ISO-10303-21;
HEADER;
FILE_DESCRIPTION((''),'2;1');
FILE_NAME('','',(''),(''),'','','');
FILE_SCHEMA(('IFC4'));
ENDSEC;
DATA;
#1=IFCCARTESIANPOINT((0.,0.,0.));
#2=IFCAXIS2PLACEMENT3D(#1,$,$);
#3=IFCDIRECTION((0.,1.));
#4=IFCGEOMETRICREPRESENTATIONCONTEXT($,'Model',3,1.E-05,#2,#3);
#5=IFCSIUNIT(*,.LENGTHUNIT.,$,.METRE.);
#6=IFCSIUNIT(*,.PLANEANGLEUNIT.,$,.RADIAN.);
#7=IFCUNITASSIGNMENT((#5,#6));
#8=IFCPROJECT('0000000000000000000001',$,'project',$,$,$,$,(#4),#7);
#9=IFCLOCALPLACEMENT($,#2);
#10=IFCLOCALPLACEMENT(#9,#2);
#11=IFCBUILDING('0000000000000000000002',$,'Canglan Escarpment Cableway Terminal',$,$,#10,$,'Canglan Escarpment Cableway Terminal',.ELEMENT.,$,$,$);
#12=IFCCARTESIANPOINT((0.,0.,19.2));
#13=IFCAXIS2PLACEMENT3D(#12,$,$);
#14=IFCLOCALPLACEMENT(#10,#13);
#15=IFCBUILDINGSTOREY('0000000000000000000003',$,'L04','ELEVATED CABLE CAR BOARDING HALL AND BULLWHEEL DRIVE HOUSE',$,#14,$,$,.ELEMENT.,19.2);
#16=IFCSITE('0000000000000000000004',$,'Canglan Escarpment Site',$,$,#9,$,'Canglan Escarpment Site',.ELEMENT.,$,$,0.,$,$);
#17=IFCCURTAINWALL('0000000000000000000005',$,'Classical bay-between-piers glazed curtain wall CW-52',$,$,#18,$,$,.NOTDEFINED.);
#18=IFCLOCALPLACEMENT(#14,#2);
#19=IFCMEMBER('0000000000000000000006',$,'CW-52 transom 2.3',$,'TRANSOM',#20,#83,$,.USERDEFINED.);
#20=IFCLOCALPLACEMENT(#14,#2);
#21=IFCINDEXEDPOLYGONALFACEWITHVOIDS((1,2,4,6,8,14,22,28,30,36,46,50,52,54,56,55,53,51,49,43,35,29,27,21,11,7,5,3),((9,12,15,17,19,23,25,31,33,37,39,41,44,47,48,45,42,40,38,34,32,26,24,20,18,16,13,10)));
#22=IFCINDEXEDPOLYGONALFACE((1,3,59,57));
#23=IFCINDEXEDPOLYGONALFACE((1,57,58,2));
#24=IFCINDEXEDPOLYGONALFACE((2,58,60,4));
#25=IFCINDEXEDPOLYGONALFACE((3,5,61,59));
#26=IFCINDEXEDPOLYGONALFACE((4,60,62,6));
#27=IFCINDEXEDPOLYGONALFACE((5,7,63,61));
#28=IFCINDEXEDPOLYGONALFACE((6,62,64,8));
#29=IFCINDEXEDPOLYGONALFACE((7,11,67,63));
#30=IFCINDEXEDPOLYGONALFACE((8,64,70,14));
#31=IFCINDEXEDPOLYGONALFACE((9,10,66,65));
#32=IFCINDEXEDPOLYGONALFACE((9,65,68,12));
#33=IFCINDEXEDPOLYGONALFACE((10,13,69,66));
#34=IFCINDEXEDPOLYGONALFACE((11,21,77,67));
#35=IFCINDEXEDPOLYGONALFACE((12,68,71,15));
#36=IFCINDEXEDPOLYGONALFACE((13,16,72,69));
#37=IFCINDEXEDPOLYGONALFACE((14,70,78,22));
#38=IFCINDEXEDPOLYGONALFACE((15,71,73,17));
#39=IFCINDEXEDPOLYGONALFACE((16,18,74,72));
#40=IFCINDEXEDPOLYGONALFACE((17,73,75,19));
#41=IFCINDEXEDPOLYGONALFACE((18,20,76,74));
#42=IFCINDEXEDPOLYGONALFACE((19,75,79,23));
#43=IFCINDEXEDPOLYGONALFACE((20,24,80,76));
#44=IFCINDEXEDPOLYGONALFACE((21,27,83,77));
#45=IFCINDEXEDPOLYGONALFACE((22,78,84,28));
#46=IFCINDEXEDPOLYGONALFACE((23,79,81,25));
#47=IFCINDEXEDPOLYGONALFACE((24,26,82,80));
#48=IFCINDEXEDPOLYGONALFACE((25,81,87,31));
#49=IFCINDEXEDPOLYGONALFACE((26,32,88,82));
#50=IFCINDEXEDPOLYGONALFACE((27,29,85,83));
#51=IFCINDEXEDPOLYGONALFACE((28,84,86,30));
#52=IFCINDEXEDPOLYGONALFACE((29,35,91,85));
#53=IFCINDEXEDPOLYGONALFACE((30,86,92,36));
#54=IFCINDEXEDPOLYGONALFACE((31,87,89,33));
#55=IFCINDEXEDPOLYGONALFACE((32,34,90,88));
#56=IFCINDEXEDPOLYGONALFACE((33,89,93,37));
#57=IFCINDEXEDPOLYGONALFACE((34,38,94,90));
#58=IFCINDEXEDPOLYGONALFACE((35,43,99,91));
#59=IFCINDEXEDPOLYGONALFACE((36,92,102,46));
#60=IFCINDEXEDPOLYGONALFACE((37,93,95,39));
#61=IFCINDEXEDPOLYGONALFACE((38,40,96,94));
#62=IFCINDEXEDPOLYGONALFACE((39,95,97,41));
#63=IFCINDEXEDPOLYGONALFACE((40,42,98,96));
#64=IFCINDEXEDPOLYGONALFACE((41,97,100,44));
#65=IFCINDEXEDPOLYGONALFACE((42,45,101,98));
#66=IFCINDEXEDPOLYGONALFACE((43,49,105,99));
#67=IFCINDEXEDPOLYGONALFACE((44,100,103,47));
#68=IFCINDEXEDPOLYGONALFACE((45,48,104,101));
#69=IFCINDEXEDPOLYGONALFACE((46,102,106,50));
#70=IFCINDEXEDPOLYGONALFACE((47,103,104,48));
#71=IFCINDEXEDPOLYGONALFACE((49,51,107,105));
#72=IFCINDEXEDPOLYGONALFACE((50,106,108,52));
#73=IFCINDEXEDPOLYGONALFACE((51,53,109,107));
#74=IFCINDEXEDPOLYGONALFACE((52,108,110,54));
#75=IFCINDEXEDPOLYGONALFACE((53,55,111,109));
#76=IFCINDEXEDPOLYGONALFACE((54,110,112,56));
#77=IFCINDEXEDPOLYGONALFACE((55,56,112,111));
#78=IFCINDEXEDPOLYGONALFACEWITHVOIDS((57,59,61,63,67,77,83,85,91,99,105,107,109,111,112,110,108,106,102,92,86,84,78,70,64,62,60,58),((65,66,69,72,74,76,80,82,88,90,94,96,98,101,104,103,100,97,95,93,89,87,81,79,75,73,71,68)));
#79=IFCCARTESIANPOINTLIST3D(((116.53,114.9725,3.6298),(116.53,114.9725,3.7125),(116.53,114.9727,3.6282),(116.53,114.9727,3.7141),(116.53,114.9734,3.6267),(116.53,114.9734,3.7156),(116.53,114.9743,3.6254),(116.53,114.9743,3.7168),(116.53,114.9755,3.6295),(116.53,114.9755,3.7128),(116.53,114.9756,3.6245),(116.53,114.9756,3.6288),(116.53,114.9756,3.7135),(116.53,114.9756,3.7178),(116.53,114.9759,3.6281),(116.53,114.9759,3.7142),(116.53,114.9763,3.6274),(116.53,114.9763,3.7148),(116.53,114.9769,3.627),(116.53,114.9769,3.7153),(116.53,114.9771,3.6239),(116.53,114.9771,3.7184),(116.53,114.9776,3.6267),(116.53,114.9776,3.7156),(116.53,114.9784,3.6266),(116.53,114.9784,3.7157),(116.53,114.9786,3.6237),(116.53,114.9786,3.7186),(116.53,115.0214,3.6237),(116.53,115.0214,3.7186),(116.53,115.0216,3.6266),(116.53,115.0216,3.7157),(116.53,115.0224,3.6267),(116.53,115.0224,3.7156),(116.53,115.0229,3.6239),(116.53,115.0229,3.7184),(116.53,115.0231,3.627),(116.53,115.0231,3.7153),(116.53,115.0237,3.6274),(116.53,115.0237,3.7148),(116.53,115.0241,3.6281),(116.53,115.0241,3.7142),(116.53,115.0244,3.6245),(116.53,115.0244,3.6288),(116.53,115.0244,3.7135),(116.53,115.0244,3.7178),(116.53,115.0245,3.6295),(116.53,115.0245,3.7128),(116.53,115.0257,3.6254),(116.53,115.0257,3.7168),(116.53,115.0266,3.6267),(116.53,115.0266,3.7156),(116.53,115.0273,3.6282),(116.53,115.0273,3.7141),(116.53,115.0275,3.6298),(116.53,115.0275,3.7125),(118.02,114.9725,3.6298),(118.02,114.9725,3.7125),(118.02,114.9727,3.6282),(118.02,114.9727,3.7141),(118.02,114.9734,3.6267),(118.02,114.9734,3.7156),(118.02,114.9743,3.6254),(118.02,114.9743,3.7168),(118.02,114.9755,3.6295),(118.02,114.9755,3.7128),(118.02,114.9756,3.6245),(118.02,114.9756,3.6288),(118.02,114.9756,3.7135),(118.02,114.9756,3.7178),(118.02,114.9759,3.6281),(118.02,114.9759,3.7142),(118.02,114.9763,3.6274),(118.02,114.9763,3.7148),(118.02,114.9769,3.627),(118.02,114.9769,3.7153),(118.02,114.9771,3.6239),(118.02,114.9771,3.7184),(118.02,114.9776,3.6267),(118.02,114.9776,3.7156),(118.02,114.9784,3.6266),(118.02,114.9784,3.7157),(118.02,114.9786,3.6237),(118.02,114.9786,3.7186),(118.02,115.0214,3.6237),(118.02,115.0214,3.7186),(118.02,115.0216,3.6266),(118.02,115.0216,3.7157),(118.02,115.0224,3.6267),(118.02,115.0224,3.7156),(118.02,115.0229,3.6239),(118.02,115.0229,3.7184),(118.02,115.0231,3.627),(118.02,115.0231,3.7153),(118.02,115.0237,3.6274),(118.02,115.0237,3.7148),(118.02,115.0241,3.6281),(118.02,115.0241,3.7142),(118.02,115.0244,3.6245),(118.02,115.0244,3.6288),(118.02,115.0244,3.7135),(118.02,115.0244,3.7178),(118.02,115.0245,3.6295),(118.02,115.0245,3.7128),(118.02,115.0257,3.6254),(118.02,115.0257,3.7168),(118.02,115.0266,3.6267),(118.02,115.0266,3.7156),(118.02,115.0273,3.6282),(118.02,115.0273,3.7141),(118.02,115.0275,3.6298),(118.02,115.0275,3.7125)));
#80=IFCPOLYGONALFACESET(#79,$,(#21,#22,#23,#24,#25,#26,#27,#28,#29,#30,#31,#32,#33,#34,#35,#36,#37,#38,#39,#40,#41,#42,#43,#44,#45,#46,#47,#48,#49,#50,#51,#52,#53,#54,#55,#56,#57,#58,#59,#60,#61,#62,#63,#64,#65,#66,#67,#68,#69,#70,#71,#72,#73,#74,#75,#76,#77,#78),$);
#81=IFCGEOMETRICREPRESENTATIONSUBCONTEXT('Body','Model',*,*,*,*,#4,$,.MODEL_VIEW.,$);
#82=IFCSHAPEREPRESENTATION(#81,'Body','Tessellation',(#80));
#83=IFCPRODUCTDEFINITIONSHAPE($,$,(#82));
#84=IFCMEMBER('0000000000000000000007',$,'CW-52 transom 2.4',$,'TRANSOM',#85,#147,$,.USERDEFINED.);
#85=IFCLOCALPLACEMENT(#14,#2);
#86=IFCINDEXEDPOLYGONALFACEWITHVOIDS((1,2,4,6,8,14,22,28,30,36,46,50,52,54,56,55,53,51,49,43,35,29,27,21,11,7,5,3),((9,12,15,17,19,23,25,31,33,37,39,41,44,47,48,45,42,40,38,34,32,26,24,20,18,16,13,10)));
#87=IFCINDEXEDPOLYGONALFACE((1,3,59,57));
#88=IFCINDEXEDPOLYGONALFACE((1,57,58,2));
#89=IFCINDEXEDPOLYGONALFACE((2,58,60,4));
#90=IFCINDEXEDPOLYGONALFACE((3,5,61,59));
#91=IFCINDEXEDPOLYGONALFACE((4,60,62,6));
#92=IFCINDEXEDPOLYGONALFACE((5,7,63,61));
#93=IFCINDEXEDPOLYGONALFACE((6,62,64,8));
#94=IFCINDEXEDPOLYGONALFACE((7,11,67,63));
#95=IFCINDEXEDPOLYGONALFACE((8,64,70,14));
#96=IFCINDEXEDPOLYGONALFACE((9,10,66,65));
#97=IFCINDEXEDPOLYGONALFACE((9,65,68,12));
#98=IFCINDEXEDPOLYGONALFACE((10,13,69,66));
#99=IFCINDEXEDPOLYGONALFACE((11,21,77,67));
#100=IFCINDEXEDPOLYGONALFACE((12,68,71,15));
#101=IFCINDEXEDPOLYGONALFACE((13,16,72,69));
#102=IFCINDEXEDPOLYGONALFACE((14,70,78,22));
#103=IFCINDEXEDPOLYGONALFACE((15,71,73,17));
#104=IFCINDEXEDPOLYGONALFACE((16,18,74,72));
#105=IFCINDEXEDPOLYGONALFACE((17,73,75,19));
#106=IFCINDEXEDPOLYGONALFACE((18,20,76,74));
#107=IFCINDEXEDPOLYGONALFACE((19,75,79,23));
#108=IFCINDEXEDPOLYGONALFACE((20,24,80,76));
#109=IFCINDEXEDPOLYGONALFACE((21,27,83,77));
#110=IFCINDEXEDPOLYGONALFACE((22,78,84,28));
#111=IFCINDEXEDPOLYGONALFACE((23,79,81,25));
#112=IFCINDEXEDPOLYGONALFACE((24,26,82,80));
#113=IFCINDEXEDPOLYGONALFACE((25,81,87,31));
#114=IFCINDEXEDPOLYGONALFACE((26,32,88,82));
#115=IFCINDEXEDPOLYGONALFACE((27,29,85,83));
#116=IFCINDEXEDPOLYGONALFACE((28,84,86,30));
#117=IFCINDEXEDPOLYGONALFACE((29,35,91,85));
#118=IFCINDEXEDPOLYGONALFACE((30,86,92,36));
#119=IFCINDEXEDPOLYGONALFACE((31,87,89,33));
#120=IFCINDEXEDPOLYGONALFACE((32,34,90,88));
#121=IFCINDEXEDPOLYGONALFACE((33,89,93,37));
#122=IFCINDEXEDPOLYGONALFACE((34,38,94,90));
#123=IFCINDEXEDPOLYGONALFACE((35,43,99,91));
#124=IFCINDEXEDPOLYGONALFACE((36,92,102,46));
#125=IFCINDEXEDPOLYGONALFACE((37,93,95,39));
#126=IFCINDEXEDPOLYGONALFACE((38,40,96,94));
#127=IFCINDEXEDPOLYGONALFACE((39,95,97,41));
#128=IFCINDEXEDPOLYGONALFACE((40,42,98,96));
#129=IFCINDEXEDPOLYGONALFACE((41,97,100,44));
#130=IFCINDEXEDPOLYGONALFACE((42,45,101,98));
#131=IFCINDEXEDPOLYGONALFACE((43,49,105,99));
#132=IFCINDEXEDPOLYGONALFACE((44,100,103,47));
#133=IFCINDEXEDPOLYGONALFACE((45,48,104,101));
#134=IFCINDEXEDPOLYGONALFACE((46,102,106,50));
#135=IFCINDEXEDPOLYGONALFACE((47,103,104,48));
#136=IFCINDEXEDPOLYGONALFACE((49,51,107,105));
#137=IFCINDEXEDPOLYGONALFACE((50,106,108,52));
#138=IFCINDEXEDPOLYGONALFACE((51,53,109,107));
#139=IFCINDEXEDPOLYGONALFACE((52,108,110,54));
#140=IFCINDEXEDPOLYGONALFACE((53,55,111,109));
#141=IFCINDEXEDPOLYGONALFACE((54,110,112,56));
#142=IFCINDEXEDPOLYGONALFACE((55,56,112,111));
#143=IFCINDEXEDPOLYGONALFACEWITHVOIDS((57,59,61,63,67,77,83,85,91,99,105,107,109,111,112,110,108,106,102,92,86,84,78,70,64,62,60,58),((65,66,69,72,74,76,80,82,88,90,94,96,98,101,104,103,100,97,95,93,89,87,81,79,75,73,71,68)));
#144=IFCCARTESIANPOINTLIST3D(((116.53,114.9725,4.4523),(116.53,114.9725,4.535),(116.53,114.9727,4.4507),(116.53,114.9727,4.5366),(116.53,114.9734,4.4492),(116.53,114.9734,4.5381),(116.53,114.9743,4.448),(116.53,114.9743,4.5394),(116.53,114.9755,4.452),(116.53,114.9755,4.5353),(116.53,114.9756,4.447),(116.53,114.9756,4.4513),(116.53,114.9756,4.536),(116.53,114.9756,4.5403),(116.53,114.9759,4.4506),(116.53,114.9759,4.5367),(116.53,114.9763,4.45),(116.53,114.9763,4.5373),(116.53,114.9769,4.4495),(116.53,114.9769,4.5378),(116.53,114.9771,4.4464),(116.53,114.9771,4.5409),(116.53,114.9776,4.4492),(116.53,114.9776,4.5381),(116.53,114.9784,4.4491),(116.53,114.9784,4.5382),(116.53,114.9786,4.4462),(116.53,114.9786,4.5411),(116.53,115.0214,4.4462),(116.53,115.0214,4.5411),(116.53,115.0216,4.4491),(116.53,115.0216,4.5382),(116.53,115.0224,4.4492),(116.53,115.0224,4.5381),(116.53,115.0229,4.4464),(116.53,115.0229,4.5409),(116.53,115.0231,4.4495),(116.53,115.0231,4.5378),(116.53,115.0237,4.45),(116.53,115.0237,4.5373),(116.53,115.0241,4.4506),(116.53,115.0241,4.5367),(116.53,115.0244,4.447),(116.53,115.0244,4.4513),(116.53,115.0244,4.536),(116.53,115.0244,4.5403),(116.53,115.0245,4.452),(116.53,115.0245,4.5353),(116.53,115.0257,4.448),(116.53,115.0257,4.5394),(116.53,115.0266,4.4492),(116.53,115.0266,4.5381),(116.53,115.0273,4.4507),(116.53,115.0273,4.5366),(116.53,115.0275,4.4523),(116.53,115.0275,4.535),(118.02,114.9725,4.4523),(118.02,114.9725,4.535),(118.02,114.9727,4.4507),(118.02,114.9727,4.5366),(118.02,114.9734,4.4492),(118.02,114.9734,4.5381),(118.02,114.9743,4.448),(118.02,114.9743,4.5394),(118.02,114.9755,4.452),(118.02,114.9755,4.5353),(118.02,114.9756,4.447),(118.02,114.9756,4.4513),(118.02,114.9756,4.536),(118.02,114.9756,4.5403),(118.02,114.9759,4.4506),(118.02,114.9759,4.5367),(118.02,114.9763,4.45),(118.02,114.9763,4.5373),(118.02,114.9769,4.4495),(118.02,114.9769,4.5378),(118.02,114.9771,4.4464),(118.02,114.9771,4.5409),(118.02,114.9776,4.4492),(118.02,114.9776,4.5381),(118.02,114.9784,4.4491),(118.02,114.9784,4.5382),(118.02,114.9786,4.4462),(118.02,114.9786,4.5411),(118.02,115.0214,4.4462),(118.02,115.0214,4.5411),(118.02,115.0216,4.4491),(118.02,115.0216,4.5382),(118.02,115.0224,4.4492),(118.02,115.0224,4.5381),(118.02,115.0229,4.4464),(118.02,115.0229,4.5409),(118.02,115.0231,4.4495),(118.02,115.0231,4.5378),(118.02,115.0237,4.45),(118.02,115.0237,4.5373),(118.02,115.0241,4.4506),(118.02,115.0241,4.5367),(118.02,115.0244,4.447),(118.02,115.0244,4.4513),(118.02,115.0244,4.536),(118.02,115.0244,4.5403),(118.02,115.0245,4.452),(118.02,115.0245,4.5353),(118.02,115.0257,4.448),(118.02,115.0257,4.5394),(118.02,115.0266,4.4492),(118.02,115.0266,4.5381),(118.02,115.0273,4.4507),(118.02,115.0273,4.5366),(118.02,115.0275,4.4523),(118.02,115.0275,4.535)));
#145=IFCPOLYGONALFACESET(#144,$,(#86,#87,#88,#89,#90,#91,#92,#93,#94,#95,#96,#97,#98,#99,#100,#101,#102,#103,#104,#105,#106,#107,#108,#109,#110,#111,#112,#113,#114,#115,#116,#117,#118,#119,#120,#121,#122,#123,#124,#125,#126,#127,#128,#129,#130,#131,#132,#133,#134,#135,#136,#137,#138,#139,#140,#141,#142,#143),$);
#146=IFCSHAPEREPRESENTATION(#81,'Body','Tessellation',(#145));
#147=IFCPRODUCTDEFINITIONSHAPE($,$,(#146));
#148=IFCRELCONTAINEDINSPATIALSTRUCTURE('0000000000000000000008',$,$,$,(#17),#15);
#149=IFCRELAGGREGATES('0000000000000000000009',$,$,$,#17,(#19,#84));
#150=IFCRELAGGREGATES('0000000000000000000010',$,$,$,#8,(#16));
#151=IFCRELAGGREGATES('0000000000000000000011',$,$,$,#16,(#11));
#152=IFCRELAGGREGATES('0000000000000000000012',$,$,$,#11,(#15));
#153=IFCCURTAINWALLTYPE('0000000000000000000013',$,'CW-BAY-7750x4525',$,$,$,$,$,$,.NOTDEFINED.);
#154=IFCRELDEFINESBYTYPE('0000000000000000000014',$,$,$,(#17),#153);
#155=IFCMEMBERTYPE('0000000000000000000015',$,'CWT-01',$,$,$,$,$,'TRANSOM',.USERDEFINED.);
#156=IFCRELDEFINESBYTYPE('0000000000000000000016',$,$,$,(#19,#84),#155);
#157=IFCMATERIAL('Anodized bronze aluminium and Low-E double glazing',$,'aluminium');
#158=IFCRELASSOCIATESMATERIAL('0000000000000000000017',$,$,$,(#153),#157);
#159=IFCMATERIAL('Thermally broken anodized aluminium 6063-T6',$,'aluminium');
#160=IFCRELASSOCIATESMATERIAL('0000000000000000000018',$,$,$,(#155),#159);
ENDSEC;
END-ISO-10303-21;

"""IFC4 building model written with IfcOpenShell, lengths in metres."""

from ifc_helpers import new_model, si_unit, direction, frame, origin, origin_2d, place, context, subcontext, project, spatial, hollow_rectangle, extrude, material, material_profile, profile_set, type_object, element, aggregate, save


model = new_model("IFC4")

# Units and contexts
model_context = context("Model", 3, precision=1e-05, world=origin(), true_north=direction((0.0, 1.0)))
body_context = subcontext(model_context, "Body", "Model", "MODEL_VIEW")
ifc_project = project(units=[si_unit("LENGTHUNIT", "METRE"), si_unit("PLANEANGLEUNIT", "RADIAN")], contexts=[model_context])

# Site, building, storey
site_placement = place(None, origin())
site = spatial("IfcSite", under=ifc_project, at=site_placement, Name="Canglan Escarpment Site", LongName="Canglan Escarpment Site", CompositionType="ELEMENT", RefElevation=0.0)
building_placement = place(site_placement, origin())
building = spatial("IfcBuilding", under=site, at=building_placement, Name="Canglan Escarpment Cableway Terminal", LongName="Canglan Escarpment Cableway Terminal", CompositionType="ELEMENT")
storey_placement = place(building_placement, frame((0.0, 0.0, 19.2)))
storey = spatial("IfcBuildingStorey", under=building, at=storey_placement, Name="L04", Description="ELEVATED CABLE CAR BOARDING HALL AND BULLWHEEL DRIVE HOUSE", CompositionType="ELEMENT", Elevation=19.2)

# Curtain wall, members
ifc_material_1 = material(Name="Anodized bronze aluminium and Low-E double glazing", Category="aluminium")
curtain_wall_type = type_object("IfcCurtainWallType", Name="CW-BAY-7750x4525", PredefinedType="NOTDEFINED", material=ifc_material_1)
curtain_wall_placement = place(storey_placement, origin())
curtain_wall = element("IfcCurtainWall", 1, at=curtain_wall_placement, inside=storey, type_object=curtain_wall_type, Name="Classical bay-between-piers glazed curtain wall CW-52", PredefinedType="NOTDEFINED")
ifc_material_2 = material(Name="Thermally broken anodized aluminium 6063-T6", Category="aluminium")
ifc_material_profile_1 = material_profile(ifc_material_2, hollow_rectangle(XDim=0.0549, YDim=0.095, WallThickness=0.0029, InnerFilletRadius=0.0029, OuterFilletRadius=0.0061, at=origin_2d()), Name="ALU-TRAN 55x95x3")
ifc_profile_set_1 = profile_set([ifc_material_profile_1], Name="Thermally broken anodized aluminium 6063-T6")
member_type_1 = type_object("IfcMemberType", Name="CWT-01", ElementType="TRANSOM", PredefinedType="USERDEFINED", material=ifc_profile_set_1)
member_1_placement = place(storey_placement, frame((118.02, 115.0, 3.6711), z_axis=(-1.0, 0.0, 0.0), x_axis=(0.0, -1.0, 0.0)))
member_1 = element("IfcMember", 2, at=member_1_placement, type_object=member_type_1, Name="CW-52 transom 2.3", ObjectType="TRANSOM", PredefinedType="USERDEFINED", context=body_context, shape_type="SweptSolid", body=[
    extrude(hollow_rectangle(XDim=0.0549, YDim=0.095, WallThickness=0.0029, InnerFilletRadius=0.0029, OuterFilletRadius=0.0061, at=origin_2d()), origin(), (0.0, 0.0, 1.0), 1.49),
])
member_2_placement = place(storey_placement, frame((118.02, 115.0, 4.4937), z_axis=(-1.0, 0.0, 0.0), x_axis=(0.0, -1.0, 0.0)))
member_2 = element("IfcMember", 3, at=member_2_placement, type_object=member_type_1, Name="CW-52 transom 2.4", ObjectType="TRANSOM", PredefinedType="USERDEFINED", context=body_context, shape_type="SweptSolid", body=[
    extrude(hollow_rectangle(XDim=0.0549, YDim=0.095, WallThickness=0.0029, InnerFilletRadius=0.0029, OuterFilletRadius=0.0061, at=origin_2d()), origin(), (0.0, 0.0, 1.0), 1.49),
])
aggregate(curtain_wall, [member_1, member_2])

save(model, "model.ifc")
